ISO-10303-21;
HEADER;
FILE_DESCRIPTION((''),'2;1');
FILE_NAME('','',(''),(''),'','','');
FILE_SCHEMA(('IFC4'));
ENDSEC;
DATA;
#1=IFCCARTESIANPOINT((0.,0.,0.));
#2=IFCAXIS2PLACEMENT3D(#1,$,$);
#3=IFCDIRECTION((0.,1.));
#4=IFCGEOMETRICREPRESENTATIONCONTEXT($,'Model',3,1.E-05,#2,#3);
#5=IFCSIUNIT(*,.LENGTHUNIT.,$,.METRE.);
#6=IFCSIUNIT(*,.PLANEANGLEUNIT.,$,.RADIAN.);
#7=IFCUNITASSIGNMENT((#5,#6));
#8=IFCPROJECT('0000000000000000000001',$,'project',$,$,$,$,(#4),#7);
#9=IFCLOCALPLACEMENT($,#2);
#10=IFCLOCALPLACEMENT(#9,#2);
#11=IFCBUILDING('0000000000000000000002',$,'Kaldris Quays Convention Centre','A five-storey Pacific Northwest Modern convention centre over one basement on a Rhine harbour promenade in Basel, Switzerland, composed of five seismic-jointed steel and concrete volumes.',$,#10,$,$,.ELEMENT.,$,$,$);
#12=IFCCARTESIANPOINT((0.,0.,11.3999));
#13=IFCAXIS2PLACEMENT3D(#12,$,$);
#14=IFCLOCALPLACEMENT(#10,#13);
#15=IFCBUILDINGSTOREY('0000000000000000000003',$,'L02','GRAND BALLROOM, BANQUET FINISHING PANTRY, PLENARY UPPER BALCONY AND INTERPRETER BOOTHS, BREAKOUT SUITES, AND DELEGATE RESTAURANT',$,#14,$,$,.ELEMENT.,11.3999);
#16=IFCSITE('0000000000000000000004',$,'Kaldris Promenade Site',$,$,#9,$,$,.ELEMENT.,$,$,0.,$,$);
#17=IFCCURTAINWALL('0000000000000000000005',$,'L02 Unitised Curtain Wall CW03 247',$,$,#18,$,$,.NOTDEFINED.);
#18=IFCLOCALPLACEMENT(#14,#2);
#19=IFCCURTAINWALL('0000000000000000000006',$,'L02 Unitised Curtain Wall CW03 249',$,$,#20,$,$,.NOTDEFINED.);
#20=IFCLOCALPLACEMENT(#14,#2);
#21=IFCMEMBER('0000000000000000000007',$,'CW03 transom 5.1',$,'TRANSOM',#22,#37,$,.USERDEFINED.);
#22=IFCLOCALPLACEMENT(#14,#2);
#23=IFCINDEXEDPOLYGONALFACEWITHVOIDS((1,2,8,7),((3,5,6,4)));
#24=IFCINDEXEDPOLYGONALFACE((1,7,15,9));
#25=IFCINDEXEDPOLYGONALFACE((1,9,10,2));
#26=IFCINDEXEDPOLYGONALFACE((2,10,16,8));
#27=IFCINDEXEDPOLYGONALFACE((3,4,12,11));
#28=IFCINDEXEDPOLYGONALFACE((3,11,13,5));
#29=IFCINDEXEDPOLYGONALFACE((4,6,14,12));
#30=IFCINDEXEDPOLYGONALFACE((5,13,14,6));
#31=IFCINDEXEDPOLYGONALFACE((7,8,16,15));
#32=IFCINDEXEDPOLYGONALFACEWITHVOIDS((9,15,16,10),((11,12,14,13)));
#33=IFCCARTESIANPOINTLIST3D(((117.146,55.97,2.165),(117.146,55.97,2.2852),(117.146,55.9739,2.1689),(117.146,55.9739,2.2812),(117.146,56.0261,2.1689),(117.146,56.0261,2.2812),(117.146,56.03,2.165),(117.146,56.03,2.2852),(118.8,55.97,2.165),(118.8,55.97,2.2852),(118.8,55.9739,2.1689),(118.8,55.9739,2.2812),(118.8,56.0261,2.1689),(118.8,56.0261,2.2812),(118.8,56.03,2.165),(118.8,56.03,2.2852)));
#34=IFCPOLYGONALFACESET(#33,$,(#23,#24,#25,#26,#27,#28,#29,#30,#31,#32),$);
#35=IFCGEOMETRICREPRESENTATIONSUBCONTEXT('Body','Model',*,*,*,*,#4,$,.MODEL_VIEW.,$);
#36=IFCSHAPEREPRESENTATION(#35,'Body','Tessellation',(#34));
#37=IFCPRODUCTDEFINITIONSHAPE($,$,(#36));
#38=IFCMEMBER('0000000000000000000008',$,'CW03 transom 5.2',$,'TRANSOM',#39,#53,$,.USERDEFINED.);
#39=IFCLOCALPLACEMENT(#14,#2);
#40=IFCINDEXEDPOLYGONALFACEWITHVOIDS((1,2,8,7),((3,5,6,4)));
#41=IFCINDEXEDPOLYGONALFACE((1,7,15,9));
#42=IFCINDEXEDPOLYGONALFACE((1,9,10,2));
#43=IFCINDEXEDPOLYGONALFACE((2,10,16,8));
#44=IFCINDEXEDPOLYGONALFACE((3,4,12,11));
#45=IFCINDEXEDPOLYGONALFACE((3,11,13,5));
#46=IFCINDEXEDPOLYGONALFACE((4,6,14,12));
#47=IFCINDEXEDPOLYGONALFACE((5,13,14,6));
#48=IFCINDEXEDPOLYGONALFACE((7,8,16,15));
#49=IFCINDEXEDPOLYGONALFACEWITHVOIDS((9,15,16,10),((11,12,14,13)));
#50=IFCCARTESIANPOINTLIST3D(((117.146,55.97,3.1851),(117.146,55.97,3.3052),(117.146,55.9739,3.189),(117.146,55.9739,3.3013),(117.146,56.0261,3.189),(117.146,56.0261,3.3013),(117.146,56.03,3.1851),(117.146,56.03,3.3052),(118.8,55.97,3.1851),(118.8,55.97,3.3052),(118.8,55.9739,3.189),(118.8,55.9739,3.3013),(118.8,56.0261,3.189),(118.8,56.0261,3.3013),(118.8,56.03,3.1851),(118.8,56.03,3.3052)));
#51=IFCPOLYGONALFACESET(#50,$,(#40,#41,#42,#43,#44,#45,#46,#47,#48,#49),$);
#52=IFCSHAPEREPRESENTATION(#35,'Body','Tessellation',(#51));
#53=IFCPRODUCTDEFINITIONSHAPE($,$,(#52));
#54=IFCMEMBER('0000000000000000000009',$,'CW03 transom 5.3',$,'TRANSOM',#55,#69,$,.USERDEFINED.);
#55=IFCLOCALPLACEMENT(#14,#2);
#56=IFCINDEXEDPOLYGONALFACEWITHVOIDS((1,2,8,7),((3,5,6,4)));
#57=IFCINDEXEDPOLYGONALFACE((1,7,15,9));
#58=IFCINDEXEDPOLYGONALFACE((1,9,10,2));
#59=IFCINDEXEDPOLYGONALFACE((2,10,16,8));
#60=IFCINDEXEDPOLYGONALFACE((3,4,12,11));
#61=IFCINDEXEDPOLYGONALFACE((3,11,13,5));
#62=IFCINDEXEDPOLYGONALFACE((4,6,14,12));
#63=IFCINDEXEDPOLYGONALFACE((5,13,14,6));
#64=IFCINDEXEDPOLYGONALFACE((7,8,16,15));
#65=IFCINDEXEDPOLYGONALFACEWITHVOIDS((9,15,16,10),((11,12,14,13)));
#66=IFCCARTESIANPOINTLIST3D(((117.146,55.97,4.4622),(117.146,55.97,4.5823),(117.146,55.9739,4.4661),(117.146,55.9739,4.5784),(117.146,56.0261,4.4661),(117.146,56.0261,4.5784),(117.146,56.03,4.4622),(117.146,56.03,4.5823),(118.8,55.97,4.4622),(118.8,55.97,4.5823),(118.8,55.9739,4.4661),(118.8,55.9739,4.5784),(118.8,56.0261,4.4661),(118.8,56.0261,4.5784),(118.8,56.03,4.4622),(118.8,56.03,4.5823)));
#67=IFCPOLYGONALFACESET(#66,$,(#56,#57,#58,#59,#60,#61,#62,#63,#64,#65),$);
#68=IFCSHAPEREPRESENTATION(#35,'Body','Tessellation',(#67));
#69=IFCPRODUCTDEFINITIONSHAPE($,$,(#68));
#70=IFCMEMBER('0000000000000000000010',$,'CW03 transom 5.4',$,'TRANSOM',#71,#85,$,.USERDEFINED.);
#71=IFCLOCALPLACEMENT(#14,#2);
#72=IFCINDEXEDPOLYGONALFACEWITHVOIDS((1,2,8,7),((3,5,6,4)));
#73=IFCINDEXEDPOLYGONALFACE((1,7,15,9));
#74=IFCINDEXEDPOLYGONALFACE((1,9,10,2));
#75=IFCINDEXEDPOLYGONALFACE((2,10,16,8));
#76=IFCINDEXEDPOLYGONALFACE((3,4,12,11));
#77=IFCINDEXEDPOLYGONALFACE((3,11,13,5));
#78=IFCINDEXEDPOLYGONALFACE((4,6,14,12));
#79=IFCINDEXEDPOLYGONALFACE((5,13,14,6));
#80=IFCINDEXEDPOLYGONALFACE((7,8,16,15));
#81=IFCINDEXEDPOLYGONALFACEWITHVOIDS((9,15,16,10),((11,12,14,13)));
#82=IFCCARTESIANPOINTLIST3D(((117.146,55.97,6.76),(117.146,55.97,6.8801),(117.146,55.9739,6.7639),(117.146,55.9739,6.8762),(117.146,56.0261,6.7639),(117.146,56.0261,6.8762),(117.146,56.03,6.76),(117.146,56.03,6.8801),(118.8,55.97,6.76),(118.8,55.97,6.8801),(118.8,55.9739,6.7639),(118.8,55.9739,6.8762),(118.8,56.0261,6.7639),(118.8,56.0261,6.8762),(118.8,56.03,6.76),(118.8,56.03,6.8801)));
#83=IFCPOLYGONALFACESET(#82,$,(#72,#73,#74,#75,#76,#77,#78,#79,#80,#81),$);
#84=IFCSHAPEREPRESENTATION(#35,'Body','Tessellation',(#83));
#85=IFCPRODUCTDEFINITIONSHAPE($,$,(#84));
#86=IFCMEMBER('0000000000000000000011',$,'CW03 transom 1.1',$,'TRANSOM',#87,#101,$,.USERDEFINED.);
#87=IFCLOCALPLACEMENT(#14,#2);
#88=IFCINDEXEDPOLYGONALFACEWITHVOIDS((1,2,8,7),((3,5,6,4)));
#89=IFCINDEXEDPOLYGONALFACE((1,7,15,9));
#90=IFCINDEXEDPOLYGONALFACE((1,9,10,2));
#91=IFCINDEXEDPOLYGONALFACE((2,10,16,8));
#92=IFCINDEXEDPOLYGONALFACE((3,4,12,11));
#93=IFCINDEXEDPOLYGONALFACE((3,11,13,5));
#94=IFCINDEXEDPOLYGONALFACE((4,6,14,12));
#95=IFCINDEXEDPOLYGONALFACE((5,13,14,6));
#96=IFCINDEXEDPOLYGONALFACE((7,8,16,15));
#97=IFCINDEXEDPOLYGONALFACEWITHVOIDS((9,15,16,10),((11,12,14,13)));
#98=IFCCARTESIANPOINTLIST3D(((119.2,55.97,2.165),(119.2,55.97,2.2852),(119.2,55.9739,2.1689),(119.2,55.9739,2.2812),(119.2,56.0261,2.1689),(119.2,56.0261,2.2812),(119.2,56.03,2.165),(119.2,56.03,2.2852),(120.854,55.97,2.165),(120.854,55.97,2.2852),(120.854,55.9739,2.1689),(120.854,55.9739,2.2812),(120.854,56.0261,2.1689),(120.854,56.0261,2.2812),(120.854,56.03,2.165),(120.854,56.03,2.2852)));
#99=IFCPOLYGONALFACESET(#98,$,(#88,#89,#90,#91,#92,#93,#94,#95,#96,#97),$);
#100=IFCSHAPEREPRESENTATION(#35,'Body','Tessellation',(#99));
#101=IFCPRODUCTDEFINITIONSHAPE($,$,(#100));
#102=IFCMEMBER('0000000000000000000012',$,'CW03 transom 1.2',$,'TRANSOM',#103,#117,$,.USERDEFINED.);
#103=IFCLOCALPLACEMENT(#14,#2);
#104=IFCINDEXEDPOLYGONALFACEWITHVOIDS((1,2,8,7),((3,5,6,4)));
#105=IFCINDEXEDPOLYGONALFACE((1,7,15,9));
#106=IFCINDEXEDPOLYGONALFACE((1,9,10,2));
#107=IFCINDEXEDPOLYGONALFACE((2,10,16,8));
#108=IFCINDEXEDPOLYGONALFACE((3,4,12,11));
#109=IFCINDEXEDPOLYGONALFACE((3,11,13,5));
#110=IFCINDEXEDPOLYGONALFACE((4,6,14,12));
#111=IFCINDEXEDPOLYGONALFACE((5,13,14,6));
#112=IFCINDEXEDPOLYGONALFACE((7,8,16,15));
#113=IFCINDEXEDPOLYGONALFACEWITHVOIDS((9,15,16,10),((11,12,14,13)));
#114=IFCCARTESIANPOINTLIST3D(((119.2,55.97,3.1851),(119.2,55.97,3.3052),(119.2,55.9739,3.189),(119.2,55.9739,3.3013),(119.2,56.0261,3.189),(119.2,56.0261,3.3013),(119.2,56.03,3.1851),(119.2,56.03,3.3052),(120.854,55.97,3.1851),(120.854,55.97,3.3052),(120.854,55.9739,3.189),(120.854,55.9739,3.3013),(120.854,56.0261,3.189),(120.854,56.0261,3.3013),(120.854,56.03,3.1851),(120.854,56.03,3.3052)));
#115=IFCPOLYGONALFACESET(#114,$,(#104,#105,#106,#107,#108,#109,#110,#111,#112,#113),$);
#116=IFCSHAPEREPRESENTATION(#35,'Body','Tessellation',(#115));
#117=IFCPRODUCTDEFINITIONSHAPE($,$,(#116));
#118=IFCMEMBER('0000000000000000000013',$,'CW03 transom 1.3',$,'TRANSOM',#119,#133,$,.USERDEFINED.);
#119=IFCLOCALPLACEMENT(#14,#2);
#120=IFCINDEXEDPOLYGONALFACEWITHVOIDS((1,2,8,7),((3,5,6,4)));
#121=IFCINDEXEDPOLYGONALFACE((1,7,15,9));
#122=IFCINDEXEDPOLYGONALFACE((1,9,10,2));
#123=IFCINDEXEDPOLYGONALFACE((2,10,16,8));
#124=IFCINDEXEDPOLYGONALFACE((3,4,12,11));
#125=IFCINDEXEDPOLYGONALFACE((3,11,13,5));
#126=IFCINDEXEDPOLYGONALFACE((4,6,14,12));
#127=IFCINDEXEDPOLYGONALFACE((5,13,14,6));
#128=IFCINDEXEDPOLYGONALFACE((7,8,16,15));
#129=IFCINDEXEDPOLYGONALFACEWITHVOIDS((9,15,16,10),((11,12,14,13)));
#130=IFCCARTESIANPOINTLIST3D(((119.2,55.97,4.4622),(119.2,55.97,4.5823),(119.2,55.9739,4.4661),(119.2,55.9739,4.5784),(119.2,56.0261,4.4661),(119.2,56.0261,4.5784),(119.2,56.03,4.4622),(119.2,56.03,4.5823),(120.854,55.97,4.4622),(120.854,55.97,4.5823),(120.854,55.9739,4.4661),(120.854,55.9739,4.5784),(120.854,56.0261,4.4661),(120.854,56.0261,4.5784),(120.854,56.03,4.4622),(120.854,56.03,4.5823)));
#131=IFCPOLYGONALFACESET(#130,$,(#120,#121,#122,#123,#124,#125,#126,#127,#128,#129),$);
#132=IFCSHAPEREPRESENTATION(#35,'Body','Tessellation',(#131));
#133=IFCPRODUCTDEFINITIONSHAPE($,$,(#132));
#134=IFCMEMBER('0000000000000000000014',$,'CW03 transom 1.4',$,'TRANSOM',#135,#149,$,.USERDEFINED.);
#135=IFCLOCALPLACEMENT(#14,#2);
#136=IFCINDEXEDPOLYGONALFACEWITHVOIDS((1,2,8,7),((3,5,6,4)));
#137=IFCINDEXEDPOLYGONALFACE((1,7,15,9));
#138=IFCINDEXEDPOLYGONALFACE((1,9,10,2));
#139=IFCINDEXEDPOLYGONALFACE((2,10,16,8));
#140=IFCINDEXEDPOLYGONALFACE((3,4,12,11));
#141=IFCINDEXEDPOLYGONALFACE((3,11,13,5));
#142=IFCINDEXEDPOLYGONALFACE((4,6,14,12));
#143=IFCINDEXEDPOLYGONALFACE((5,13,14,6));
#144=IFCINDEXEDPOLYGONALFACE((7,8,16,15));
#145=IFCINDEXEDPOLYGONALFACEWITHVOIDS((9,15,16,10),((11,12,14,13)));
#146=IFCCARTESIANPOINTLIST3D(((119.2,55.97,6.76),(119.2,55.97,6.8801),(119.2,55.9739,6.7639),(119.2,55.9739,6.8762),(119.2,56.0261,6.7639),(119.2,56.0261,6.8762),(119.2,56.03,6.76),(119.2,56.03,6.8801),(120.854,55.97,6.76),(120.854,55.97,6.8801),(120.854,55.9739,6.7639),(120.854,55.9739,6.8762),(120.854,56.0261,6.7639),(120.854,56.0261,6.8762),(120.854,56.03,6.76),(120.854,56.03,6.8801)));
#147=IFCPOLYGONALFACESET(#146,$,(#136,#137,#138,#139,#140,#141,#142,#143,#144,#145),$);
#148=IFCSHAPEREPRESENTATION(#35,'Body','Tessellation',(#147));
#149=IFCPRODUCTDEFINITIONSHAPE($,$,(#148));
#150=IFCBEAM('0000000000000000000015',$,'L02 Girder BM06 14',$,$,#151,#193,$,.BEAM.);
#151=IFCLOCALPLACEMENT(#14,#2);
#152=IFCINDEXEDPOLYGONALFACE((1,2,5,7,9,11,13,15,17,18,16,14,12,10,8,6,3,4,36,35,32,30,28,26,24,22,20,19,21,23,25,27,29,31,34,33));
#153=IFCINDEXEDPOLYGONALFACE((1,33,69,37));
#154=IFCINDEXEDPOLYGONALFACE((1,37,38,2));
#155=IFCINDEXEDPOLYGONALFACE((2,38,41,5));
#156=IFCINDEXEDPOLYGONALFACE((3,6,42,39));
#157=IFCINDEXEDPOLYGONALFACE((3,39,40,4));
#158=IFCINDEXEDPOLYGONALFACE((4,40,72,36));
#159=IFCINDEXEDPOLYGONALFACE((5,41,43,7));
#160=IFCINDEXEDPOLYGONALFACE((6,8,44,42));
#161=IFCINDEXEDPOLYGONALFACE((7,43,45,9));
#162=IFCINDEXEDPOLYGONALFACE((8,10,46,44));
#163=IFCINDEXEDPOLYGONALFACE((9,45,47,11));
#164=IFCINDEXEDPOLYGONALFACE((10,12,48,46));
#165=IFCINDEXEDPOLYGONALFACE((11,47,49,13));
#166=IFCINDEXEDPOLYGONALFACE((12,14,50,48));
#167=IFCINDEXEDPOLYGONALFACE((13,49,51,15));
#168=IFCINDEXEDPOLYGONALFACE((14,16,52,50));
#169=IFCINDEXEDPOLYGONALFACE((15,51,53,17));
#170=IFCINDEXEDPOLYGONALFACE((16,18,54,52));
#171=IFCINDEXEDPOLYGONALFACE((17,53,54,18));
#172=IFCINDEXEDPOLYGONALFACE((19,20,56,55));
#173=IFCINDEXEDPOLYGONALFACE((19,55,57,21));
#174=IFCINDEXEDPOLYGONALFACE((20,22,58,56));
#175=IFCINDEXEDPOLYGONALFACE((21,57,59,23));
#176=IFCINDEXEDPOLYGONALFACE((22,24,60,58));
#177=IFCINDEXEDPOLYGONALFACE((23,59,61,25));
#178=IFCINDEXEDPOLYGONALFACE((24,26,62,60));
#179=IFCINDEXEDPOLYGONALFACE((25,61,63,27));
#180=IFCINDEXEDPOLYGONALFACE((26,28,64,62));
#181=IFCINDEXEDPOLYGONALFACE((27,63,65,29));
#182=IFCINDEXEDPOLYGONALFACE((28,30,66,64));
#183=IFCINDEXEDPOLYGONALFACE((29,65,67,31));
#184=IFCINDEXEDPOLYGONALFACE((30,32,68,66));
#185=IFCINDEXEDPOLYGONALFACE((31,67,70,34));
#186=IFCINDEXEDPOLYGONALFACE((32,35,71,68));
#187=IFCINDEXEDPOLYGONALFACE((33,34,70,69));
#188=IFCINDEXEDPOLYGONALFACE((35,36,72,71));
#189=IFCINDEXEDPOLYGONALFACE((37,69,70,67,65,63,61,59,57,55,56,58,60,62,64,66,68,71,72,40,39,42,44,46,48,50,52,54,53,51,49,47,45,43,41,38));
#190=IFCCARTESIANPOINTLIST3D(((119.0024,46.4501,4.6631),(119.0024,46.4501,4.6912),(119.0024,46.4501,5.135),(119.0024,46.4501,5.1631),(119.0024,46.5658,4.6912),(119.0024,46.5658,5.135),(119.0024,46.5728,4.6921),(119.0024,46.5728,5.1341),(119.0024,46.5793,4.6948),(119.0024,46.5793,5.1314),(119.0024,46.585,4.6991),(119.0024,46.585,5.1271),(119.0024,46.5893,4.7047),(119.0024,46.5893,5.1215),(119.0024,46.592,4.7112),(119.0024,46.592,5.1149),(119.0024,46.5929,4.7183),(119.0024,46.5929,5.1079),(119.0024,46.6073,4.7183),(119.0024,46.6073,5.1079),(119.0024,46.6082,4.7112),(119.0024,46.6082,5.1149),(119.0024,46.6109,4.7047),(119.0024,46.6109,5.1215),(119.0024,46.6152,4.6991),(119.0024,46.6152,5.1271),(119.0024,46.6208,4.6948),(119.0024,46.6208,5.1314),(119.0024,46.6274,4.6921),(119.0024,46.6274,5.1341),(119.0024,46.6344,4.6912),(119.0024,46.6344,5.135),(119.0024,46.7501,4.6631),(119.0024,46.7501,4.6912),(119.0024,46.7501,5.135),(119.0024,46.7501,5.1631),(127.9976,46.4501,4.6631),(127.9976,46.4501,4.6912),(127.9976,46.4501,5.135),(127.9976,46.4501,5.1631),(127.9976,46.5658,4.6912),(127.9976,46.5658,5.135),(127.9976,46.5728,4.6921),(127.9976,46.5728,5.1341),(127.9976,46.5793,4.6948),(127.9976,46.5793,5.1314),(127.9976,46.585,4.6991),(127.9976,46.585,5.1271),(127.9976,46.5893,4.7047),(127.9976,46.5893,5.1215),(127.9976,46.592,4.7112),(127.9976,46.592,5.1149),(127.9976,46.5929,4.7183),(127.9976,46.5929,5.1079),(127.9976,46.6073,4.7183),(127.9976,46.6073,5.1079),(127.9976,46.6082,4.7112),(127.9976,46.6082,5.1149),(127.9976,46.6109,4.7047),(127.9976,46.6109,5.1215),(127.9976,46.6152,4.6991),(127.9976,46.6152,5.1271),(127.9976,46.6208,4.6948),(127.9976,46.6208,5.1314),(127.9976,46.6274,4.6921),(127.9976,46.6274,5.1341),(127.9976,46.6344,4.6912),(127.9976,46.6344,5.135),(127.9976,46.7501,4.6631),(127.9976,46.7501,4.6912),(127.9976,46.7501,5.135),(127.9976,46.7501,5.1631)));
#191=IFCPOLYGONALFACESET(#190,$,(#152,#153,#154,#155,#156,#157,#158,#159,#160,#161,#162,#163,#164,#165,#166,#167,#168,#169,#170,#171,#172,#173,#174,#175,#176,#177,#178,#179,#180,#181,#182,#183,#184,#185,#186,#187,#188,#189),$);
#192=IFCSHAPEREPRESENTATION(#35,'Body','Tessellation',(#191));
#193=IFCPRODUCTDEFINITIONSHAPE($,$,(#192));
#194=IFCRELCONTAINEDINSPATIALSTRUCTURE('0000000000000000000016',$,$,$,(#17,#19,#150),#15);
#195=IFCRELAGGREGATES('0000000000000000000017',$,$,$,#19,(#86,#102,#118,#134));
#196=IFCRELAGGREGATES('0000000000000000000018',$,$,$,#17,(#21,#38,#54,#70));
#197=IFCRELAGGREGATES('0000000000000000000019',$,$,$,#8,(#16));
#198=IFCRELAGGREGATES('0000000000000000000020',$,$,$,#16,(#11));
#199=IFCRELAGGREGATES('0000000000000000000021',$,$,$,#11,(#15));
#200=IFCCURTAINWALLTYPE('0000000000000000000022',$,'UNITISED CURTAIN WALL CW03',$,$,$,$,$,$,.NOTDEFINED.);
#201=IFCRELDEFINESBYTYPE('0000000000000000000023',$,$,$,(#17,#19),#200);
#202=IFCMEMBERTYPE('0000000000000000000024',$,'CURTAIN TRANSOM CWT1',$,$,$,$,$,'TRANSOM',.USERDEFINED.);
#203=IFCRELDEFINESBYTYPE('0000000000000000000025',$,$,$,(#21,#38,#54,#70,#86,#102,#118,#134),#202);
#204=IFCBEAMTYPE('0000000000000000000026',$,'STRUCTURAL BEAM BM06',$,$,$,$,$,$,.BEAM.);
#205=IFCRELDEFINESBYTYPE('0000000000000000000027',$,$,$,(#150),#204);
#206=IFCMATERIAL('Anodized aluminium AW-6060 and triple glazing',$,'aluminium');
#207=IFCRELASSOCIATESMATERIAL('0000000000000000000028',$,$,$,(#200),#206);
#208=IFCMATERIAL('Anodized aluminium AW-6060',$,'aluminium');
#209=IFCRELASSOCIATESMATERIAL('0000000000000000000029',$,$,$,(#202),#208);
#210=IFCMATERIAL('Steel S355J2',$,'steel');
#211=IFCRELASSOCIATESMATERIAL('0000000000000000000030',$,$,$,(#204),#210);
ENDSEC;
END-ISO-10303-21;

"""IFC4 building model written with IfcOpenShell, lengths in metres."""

from ifc_helpers import new_model, si_unit, direction, frame, origin, origin_2d, place, context, subcontext, project, spatial, hollow_rectangle, i_section, extrude, material, material_profile, profile_set, type_object, element, aggregate, save


model = new_model("IFC4")

# Units and contexts
model_context = context("Model", 3, precision=1e-05, world=origin(), true_north=direction((0.0, 1.0)))
body_context = subcontext(model_context, "Body", "Model", "MODEL_VIEW")
ifc_project = project(units=[si_unit("LENGTHUNIT", "METRE"), si_unit("PLANEANGLEUNIT", "RADIAN")], contexts=[model_context])

# Site, building, storey
site_placement = place(None, origin())
site = spatial("IfcSite", under=ifc_project, at=site_placement, Name="Kaldris Promenade Site", CompositionType="ELEMENT", RefElevation=0.0)
building_placement = place(site_placement, origin())
building = spatial("IfcBuilding", under=site, at=building_placement, Name="Kaldris Quays Convention Centre", Description="A five-storey Pacific Northwest Modern convention centre over one basement on a Rhine harbour promenade in Basel, Switzerland, composed of five seismic-jointed steel and concrete volumes.", CompositionType="ELEMENT")
storey_placement = place(building_placement, frame((0.0, 0.0, 11.3999)))
storey = spatial("IfcBuildingStorey", under=building, at=storey_placement, Name="L02", Description="GRAND BALLROOM, BANQUET FINISHING PANTRY, PLENARY UPPER BALCONY AND INTERPRETER BOOTHS, BREAKOUT SUITES, AND DELEGATE RESTAURANT", CompositionType="ELEMENT", Elevation=11.3999)

# Shared definitions
ifc_material_1 = material(Name="Steel S355J2", Category="steel")

# Curtain wall
ifc_material_2 = material(Name="Anodized aluminium AW-6060 and triple glazing", Category="aluminium")
curtain_wall_type = type_object("IfcCurtainWallType", Name="UNITISED CURTAIN WALL CW03", PredefinedType="NOTDEFINED", material=ifc_material_2)
curtain_wall_1_placement = place(storey_placement, origin())
curtain_wall_1 = element("IfcCurtainWall", 1, at=curtain_wall_1_placement, inside=storey, type_object=curtain_wall_type, Name="L02 Unitised Curtain Wall CW03 247", PredefinedType="NOTDEFINED")
ifc_material_3 = material(Name="Anodized aluminium AW-6060", Category="aluminium")

# Curtain wall
curtain_wall_2_placement = place(storey_placement, origin())
curtain_wall_2 = element("IfcCurtainWall", 2, at=curtain_wall_2_placement, inside=storey, type_object=curtain_wall_type, Name="L02 Unitised Curtain Wall CW03 249", PredefinedType="NOTDEFINED")

# Members
ifc_material_profile_1 = material_profile(ifc_material_3, hollow_rectangle(XDim=0.0601, YDim=0.1201, WallThickness=0.0039, at=origin_2d()), Name="RHS 120x60x4")
ifc_profile_set_1 = profile_set([ifc_material_profile_1], Name="Anodized aluminium AW-6060")
member_type_1 = type_object("IfcMemberType", Name="CURTAIN TRANSOM CWT1", ElementType="TRANSOM", PredefinedType="USERDEFINED", material=ifc_profile_set_1)
member_1_placement = place(storey_placement, frame((117.146, 56.0, 2.2251), z_axis=(1.0, 0.0, 0.0), x_axis=(0.0, 1.0, 0.0)))
member_1 = element("IfcMember", 3, at=member_1_placement, type_object=member_type_1, Name="CW03 transom 5.1", ObjectType="TRANSOM", PredefinedType="USERDEFINED", context=body_context, shape_type="SweptSolid", body=[
    extrude(hollow_rectangle(XDim=0.0601, YDim=0.1201, WallThickness=0.0039, at=origin_2d()), origin(), (0.0, 0.0, 1.0), 1.6541),
])
member_2_placement = place(storey_placement, frame((117.146, 56.0, 3.2451), z_axis=(1.0, 0.0, 0.0), x_axis=(0.0, 1.0, 0.0)))
member_2 = element("IfcMember", 4, at=member_2_placement, type_object=member_type_1, Name="CW03 transom 5.2", ObjectType="TRANSOM", PredefinedType="USERDEFINED", context=body_context, shape_type="SweptSolid", body=[
    extrude(hollow_rectangle(XDim=0.0601, YDim=0.1201, WallThickness=0.0039, at=origin_2d()), origin(), (0.0, 0.0, 1.0), 1.6541),
])
member_3_placement = place(storey_placement, frame((117.146, 56.0, 4.5222), z_axis=(1.0, 0.0, 0.0), x_axis=(0.0, 1.0, 0.0)))
member_3 = element("IfcMember", 5, at=member_3_placement, type_object=member_type_1, Name="CW03 transom 5.3", ObjectType="TRANSOM", PredefinedType="USERDEFINED", context=body_context, shape_type="SweptSolid", body=[
    extrude(hollow_rectangle(XDim=0.0601, YDim=0.1201, WallThickness=0.0039, at=origin_2d()), origin(), (0.0, 0.0, 1.0), 1.6541),
])
member_4_placement = place(storey_placement, frame((117.146, 56.0, 6.8201), z_axis=(1.0, 0.0, 0.0), x_axis=(0.0, 1.0, 0.0)))
member_4 = element("IfcMember", 6, at=member_4_placement, type_object=member_type_1, Name="CW03 transom 5.4", ObjectType="TRANSOM", PredefinedType="USERDEFINED", context=body_context, shape_type="SweptSolid", body=[
    extrude(hollow_rectangle(XDim=0.0601, YDim=0.1201, WallThickness=0.0039, at=origin_2d()), origin(), (0.0, 0.0, 1.0), 1.6541),
])
member_5_placement = place(storey_placement, frame((119.2, 56.0, 2.2251), z_axis=(1.0, 0.0, 0.0), x_axis=(0.0, 1.0, 0.0)))
member_5 = element("IfcMember", 7, at=member_5_placement, type_object=member_type_1, Name="CW03 transom 1.1", ObjectType="TRANSOM", PredefinedType="USERDEFINED", context=body_context, shape_type="SweptSolid", body=[
    extrude(hollow_rectangle(XDim=0.0601, YDim=0.1201, WallThickness=0.0039, at=origin_2d()), origin(), (0.0, 0.0, 1.0), 1.6541),
])
member_6_placement = place(storey_placement, frame((119.2, 56.0, 3.2451), z_axis=(1.0, 0.0, 0.0), x_axis=(0.0, 1.0, 0.0)))
member_6 = element("IfcMember", 8, at=member_6_placement, type_object=member_type_1, Name="CW03 transom 1.2", ObjectType="TRANSOM", PredefinedType="USERDEFINED", context=body_context, shape_type="SweptSolid", body=[
    extrude(hollow_rectangle(XDim=0.0601, YDim=0.1201, WallThickness=0.0039, at=origin_2d()), origin(), (0.0, 0.0, 1.0), 1.6541),
])
member_7_placement = place(storey_placement, frame((119.2, 56.0, 4.5222), z_axis=(1.0, 0.0, 0.0), x_axis=(0.0, 1.0, 0.0)))
member_7 = element("IfcMember", 9, at=member_7_placement, type_object=member_type_1, Name="CW03 transom 1.3", ObjectType="TRANSOM", PredefinedType="USERDEFINED", context=body_context, shape_type="SweptSolid", body=[
    extrude(hollow_rectangle(XDim=0.0601, YDim=0.1201, WallThickness=0.0039, at=origin_2d()), origin(), (0.0, 0.0, 1.0), 1.6541),
])
member_8_placement = place(storey_placement, frame((119.2, 56.0, 6.8201), z_axis=(1.0, 0.0, 0.0), x_axis=(0.0, 1.0, 0.0)))
member_8 = element("IfcMember", 10, at=member_8_placement, type_object=member_type_1, Name="CW03 transom 1.4", ObjectType="TRANSOM", PredefinedType="USERDEFINED", context=body_context, shape_type="SweptSolid", body=[
    extrude(hollow_rectangle(XDim=0.0601, YDim=0.1201, WallThickness=0.0039, at=origin_2d()), origin(), (0.0, 0.0, 1.0), 1.6541),
])
aggregate(curtain_wall_2, [member_5, member_6, member_7, member_8])

# Beam
ifc_material_profile_2 = material_profile(ifc_material_1, i_section(OverallWidth=0.3, OverallDepth=0.5, WebThickness=0.0144, FlangeThickness=0.0281, FilletRadius=0.0271, at=origin_2d()), Name="HEB 500")
ifc_profile_set_2 = profile_set([ifc_material_profile_2], Name="Steel S355J2")
beam_type_1 = type_object("IfcBeamType", Name="STRUCTURAL BEAM BM06", PredefinedType="BEAM", material=ifc_profile_set_2)
for number, where, z_axis, x_axis, name in (
    (11, (119.0024, 46.6001, 4.9131), (1.0, 0.0, 0.0), (0.0, 1.0, 0.0), "L02 Girder BM06 14"),
):
    element("IfcBeam", number, at=place(storey_placement, frame(where, z_axis=z_axis, x_axis=x_axis)), inside=storey, type_object=beam_type_1, Name=name, PredefinedType="BEAM", context=body_context, shape_type="SweptSolid", body=[
        extrude(i_section(OverallWidth=0.3, OverallDepth=0.5, WebThickness=0.0144, FlangeThickness=0.0281, FilletRadius=0.0271, at=origin_2d()), origin(), (0.0, 0.0, 1.0), 8.9951),
    ])

aggregate(curtain_wall_1, [member_1, member_2, member_3, member_4])

save(model, "model.ifc")
